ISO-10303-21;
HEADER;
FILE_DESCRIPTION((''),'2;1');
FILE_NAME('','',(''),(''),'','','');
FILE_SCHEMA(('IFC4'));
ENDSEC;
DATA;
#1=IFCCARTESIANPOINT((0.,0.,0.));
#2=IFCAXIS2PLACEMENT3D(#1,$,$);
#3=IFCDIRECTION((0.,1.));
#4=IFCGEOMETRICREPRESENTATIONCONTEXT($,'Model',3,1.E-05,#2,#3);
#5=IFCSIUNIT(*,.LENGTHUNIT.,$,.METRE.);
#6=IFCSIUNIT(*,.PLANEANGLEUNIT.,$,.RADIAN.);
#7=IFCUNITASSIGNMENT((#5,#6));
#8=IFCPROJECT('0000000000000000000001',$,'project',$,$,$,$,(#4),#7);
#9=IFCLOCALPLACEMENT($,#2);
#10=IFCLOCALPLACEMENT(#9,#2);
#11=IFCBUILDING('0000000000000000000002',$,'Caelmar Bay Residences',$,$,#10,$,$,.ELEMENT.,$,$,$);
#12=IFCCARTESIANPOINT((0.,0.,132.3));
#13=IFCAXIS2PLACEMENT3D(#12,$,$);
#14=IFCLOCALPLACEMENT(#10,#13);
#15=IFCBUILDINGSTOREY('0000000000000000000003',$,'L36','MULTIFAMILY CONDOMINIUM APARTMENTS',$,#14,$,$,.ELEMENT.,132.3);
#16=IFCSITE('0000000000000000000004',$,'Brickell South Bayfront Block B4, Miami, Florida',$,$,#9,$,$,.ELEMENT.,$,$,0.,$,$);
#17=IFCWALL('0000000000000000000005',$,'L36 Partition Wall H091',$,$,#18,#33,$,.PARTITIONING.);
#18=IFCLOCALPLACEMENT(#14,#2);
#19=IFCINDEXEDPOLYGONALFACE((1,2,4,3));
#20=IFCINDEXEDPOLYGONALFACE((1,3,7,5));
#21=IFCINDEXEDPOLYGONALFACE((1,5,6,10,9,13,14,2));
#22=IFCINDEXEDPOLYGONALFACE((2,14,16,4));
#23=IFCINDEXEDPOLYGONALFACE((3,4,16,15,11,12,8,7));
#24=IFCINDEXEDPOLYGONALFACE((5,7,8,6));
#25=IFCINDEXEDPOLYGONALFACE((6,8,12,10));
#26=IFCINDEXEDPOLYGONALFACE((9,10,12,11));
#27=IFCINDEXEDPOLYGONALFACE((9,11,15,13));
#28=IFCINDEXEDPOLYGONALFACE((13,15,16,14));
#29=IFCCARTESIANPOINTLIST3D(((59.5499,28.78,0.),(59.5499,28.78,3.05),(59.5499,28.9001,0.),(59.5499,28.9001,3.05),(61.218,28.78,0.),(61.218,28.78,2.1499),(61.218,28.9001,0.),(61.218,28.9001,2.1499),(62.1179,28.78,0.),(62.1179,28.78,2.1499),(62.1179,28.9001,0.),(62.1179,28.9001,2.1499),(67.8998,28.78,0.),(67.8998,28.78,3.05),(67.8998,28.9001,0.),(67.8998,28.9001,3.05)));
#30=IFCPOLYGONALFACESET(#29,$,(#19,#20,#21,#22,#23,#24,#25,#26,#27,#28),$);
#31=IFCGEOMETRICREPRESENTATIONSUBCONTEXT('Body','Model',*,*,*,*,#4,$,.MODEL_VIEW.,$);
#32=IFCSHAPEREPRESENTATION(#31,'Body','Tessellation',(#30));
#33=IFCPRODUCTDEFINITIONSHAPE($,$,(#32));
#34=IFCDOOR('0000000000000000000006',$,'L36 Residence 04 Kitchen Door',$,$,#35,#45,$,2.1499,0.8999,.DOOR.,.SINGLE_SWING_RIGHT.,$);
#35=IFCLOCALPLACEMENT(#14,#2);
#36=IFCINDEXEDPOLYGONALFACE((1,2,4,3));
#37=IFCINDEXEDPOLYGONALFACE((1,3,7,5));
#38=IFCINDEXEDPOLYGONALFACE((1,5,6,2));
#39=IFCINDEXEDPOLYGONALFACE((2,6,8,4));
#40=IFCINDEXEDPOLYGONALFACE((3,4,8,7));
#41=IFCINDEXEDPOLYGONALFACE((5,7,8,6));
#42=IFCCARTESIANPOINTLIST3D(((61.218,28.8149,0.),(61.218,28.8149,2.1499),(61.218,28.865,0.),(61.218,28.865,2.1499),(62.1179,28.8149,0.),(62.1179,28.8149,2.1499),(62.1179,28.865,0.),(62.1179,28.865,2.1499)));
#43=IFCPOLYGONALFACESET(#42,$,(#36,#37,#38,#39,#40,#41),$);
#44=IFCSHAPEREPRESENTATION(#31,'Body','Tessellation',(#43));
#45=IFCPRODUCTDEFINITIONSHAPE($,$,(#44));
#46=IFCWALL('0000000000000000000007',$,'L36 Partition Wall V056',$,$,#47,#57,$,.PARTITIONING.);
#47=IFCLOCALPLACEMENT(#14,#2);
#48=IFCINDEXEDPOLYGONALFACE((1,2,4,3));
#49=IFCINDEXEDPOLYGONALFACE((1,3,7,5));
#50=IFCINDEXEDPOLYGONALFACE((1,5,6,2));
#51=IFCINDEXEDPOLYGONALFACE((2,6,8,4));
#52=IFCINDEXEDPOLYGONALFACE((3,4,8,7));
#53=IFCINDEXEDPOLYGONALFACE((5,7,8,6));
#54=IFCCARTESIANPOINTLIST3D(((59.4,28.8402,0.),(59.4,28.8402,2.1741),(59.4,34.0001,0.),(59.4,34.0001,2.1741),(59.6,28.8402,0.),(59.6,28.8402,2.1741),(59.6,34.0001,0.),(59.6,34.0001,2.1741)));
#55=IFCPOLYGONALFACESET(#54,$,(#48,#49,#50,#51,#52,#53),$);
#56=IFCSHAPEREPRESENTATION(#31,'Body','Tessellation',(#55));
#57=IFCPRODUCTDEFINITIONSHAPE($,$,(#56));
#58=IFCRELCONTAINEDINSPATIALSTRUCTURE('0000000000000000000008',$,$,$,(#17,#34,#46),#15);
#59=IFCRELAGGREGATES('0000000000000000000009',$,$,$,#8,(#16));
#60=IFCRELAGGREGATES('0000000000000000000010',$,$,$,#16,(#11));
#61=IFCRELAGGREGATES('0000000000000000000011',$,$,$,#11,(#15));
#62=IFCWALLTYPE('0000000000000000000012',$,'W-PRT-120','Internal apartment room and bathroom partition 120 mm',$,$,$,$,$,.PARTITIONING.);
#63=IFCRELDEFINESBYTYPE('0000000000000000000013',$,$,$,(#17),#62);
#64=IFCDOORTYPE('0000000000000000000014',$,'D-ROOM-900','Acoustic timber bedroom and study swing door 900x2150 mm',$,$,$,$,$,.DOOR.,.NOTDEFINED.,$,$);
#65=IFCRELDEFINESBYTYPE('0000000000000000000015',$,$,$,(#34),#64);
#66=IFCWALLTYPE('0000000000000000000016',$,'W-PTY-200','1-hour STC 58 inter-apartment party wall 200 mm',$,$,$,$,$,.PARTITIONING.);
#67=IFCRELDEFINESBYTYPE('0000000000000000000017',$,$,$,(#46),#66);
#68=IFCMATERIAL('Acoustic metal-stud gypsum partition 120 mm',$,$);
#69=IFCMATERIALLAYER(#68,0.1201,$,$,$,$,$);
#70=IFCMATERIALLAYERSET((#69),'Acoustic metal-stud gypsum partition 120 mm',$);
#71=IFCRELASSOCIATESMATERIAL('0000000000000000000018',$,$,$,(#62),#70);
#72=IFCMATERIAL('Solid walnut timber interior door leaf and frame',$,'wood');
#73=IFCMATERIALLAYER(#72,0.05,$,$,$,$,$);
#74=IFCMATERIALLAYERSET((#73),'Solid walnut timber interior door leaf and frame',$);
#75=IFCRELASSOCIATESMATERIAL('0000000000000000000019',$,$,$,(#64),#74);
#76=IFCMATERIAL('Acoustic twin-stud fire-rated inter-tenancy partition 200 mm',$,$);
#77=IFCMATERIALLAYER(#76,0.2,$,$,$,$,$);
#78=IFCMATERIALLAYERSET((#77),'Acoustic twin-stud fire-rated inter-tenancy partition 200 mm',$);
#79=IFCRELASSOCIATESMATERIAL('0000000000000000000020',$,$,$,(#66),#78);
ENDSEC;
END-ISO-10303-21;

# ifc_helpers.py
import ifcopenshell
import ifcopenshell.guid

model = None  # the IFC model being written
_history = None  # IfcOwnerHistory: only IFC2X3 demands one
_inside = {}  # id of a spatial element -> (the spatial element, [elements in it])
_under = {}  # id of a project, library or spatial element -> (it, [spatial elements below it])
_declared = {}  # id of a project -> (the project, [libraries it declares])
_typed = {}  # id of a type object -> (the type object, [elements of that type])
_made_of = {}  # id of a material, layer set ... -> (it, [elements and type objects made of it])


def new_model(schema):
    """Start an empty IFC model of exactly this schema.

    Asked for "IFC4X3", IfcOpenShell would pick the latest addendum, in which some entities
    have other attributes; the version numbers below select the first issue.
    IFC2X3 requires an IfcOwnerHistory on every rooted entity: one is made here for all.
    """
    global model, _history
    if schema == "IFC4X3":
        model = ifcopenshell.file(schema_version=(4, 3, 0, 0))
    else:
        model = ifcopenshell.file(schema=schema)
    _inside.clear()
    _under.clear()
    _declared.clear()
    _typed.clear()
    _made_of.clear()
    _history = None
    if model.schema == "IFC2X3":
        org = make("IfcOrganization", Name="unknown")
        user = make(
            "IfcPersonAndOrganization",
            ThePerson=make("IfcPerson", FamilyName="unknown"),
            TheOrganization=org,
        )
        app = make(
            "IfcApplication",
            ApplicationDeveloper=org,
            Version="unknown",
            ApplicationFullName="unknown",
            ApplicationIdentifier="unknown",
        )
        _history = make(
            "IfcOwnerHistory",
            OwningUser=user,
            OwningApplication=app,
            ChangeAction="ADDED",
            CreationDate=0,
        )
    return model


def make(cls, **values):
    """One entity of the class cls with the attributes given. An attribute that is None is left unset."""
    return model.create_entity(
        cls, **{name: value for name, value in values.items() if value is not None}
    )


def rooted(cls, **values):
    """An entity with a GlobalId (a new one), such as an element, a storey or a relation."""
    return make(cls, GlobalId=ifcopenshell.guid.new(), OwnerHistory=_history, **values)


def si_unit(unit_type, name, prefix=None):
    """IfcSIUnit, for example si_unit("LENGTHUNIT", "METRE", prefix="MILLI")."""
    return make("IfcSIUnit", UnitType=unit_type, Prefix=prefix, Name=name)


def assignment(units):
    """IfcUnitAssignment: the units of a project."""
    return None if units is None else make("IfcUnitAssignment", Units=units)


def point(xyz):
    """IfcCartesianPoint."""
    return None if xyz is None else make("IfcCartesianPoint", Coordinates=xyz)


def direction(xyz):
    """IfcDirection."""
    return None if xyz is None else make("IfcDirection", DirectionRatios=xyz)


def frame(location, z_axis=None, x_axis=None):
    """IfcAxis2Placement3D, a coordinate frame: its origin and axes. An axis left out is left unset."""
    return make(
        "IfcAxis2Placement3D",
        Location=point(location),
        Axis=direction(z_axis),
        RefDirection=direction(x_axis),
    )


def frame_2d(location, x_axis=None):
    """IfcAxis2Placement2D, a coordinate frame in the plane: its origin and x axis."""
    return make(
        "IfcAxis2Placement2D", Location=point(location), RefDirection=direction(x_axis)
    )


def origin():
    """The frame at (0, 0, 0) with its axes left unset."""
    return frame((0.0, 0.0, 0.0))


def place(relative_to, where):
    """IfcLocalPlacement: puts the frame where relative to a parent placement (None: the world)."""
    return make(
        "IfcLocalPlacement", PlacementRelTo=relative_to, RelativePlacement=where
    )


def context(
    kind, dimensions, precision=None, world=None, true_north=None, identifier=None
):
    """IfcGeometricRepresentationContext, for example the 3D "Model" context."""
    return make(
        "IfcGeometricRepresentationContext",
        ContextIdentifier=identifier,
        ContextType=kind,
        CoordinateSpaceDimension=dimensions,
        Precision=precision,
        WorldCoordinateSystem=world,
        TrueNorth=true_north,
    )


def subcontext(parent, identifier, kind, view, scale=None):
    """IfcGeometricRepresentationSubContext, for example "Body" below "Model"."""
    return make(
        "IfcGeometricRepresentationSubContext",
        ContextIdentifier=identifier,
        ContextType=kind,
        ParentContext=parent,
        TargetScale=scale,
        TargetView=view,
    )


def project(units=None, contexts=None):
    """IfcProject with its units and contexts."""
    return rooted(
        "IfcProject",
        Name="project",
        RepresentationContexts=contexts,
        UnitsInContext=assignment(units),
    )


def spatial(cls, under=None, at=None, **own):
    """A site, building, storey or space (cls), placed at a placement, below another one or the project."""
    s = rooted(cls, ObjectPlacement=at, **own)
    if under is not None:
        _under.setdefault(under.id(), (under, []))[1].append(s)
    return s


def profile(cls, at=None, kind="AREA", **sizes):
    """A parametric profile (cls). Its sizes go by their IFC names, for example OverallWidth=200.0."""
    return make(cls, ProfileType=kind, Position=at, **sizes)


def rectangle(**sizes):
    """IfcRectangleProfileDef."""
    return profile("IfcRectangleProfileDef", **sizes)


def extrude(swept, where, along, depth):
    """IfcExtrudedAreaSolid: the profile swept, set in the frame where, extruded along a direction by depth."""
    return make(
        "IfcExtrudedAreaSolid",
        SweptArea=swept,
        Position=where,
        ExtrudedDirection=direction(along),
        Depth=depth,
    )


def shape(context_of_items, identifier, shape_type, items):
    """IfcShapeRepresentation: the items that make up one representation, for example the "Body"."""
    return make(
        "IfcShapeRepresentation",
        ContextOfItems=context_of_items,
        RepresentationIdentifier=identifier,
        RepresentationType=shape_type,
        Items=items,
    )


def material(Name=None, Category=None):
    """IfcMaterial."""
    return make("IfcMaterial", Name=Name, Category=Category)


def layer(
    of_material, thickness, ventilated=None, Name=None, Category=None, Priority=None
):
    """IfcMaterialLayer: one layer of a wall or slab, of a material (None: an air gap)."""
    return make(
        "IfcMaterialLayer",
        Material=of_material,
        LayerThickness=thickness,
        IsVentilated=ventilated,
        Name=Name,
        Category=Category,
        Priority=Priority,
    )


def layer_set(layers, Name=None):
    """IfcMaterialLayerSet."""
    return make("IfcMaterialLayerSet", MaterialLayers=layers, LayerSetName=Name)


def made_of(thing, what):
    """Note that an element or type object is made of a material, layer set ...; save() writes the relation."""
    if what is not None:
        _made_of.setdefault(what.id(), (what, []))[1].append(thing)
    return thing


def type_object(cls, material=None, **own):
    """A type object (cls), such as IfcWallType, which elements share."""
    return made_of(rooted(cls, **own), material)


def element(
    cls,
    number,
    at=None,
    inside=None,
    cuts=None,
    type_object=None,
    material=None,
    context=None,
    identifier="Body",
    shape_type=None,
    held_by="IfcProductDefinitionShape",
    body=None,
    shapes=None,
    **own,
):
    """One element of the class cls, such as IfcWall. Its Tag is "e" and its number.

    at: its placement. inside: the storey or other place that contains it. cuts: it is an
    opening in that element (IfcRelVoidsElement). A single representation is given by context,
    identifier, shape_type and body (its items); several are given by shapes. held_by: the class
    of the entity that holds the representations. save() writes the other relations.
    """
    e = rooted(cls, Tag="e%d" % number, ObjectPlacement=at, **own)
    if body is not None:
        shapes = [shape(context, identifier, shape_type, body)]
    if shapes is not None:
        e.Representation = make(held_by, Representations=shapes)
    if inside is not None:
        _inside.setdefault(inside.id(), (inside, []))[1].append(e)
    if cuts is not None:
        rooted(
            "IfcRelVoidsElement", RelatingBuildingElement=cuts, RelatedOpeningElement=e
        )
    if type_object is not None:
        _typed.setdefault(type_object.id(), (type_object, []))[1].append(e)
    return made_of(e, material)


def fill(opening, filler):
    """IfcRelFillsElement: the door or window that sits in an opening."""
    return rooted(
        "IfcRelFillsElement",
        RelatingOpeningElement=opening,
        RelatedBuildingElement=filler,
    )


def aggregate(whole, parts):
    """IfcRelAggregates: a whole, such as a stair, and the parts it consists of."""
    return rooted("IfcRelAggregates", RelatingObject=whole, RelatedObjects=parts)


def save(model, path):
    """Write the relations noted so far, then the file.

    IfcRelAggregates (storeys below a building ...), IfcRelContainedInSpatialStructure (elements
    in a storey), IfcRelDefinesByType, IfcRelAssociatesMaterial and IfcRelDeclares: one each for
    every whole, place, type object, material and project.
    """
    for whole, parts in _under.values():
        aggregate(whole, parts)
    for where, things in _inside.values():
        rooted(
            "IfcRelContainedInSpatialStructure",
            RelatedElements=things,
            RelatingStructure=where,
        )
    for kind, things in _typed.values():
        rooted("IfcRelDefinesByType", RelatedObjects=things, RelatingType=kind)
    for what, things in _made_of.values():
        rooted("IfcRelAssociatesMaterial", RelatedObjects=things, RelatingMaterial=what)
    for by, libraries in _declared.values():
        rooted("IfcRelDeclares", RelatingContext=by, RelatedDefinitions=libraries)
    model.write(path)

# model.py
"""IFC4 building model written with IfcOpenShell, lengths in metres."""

from ifc_helpers import new_model, si_unit, direction, frame, frame_2d, origin, place, context, subcontext, project, spatial, rectangle, extrude, material, layer, layer_set, type_object, element, fill, save


model = new_model("IFC4")

# Units and contexts
model_context = context("Model", 3, precision=1e-05, world=origin(), true_north=direction((0.0, 1.0)))
body_context = subcontext(model_context, "Body", "Model", "MODEL_VIEW")
ifc_project = project(units=[si_unit("LENGTHUNIT", "METRE"), si_unit("PLANEANGLEUNIT", "RADIAN")], contexts=[model_context])

# Site, building, storey
site_placement = place(None, origin())
site = spatial("IfcSite", under=ifc_project, at=site_placement, Name="Brickell South Bayfront Block B4, Miami, Florida", CompositionType="ELEMENT", RefElevation=0.0)
building_placement = place(site_placement, origin())
building = spatial("IfcBuilding", under=site, at=building_placement, Name="Caelmar Bay Residences", CompositionType="ELEMENT")
storey_placement = place(building_placement, frame((0.0, 0.0, 132.3)))
storey = spatial("IfcBuildingStorey", under=building, at=storey_placement, Name="L36", Description="MULTIFAMILY CONDOMINIUM APARTMENTS", CompositionType="ELEMENT", Elevation=132.3)

# Shared definitions
ifc_material_1 = material(Name="Acoustic metal-stud gypsum partition 120 mm")
ifc_layer_1 = layer(ifc_material_1, 0.1201)
ifc_layer_set_1 = layer_set([ifc_layer_1], Name="Acoustic metal-stud gypsum partition 120 mm")
wall_type_1 = type_object("IfcWallType", Name="W-PRT-120", Description="Internal apartment room and bathroom partition 120 mm", PredefinedType="PARTITIONING", material=ifc_layer_set_1)
ifc_material_2 = material(Name="Solid walnut timber interior door leaf and frame", Category="wood")
ifc_layer_2 = layer(ifc_material_2, 0.05)
ifc_layer_set_2 = layer_set([ifc_layer_2], Name="Solid walnut timber interior door leaf and frame")
door_type_1 = type_object("IfcDoorType", Name="D-ROOM-900", Description="Acoustic timber bedroom and study swing door 900x2150 mm", OperationType="NOTDEFINED", PredefinedType="DOOR", material=ifc_layer_set_2)

# Wall, opening, door
wall_1_placement = place(storey_placement, frame((59.55, 28.8401, 0.0), z_axis=(0.0, 0.0, 1.0), x_axis=(1.0, 0.0, 0.0)))
wall_1 = element("IfcWall", 1, at=wall_1_placement, inside=storey, type_object=wall_type_1, Name="L36 Partition Wall H091", PredefinedType="PARTITIONING", context=body_context, shape_type="SweptSolid", body=[
    extrude(rectangle(XDim=8.3499, YDim=0.1201, at=frame_2d((4.1748, 0.0))), origin(), (0.0, 0.0, 1.0), 3.05),
])
opening_1_placement = place(wall_1_placement, frame((1.668, 0.0, 0.0)))
opening_1 = element("IfcOpeningElement", 2, at=opening_1_placement, cuts=wall_1, PredefinedType="OPENING", context=body_context, shape_type="SweptSolid", body=[
    extrude(rectangle(XDim=0.8999, YDim=2.1499, at=frame_2d((0.45, 1.075))), frame((0.0, 0.0701, 0.0), z_axis=(0.0, -1.0, 0.0), x_axis=(1.0, 0.0, 0.0)), (0.0, 0.0, 1.0), 0.1401),
])
door_1_placement = place(opening_1_placement, origin())
door_1 = element("IfcDoor", 3, at=door_1_placement, inside=storey, type_object=door_type_1, Name="L36 Residence 04 Kitchen Door", OperationType="SINGLE_SWING_RIGHT", OverallHeight=2.1499, OverallWidth=0.8999, PredefinedType="DOOR", context=body_context, shape_type="SweptSolid", body=[
    extrude(rectangle(XDim=0.8999, YDim=2.1499, at=frame_2d((0.45, 1.075))), frame((0.0, 0.0249, 0.0), z_axis=(0.0, -1.0, 0.0), x_axis=(1.0, 0.0, 0.0)), (0.0, 0.0, 1.0), 0.05),
])
fill(opening_1, door_1)

# Wall
ifc_material_3 = material(Name="Acoustic twin-stud fire-rated inter-tenancy partition 200 mm")
ifc_layer_3 = layer(ifc_material_3, 0.2)
ifc_layer_set_3 = layer_set([ifc_layer_3], Name="Acoustic twin-stud fire-rated inter-tenancy partition 200 mm")
wall_type_2 = type_object("IfcWallType", Name="W-PTY-200", Description="1-hour STC 58 inter-apartment party wall 200 mm", PredefinedType="PARTITIONING", material=ifc_layer_set_3)
wall_2_placement = place(storey_placement, frame((59.5, 28.8401, 0.0), z_axis=(0.0, 0.0, 1.0), x_axis=(0.0, 1.0, 0.0)))
element("IfcWall", 4, at=wall_2_placement, inside=storey, type_object=wall_type_2, Name="L36 Partition Wall V056", PredefinedType="PARTITIONING", context=body_context, shape_type="SweptSolid", body=[
    extrude(rectangle(XDim=5.1599, YDim=0.2, at=frame_2d((2.5801, 0.0))), origin(), (0.0, 0.0, 1.0), 2.1741),
])

save(model, "model.ifc")
